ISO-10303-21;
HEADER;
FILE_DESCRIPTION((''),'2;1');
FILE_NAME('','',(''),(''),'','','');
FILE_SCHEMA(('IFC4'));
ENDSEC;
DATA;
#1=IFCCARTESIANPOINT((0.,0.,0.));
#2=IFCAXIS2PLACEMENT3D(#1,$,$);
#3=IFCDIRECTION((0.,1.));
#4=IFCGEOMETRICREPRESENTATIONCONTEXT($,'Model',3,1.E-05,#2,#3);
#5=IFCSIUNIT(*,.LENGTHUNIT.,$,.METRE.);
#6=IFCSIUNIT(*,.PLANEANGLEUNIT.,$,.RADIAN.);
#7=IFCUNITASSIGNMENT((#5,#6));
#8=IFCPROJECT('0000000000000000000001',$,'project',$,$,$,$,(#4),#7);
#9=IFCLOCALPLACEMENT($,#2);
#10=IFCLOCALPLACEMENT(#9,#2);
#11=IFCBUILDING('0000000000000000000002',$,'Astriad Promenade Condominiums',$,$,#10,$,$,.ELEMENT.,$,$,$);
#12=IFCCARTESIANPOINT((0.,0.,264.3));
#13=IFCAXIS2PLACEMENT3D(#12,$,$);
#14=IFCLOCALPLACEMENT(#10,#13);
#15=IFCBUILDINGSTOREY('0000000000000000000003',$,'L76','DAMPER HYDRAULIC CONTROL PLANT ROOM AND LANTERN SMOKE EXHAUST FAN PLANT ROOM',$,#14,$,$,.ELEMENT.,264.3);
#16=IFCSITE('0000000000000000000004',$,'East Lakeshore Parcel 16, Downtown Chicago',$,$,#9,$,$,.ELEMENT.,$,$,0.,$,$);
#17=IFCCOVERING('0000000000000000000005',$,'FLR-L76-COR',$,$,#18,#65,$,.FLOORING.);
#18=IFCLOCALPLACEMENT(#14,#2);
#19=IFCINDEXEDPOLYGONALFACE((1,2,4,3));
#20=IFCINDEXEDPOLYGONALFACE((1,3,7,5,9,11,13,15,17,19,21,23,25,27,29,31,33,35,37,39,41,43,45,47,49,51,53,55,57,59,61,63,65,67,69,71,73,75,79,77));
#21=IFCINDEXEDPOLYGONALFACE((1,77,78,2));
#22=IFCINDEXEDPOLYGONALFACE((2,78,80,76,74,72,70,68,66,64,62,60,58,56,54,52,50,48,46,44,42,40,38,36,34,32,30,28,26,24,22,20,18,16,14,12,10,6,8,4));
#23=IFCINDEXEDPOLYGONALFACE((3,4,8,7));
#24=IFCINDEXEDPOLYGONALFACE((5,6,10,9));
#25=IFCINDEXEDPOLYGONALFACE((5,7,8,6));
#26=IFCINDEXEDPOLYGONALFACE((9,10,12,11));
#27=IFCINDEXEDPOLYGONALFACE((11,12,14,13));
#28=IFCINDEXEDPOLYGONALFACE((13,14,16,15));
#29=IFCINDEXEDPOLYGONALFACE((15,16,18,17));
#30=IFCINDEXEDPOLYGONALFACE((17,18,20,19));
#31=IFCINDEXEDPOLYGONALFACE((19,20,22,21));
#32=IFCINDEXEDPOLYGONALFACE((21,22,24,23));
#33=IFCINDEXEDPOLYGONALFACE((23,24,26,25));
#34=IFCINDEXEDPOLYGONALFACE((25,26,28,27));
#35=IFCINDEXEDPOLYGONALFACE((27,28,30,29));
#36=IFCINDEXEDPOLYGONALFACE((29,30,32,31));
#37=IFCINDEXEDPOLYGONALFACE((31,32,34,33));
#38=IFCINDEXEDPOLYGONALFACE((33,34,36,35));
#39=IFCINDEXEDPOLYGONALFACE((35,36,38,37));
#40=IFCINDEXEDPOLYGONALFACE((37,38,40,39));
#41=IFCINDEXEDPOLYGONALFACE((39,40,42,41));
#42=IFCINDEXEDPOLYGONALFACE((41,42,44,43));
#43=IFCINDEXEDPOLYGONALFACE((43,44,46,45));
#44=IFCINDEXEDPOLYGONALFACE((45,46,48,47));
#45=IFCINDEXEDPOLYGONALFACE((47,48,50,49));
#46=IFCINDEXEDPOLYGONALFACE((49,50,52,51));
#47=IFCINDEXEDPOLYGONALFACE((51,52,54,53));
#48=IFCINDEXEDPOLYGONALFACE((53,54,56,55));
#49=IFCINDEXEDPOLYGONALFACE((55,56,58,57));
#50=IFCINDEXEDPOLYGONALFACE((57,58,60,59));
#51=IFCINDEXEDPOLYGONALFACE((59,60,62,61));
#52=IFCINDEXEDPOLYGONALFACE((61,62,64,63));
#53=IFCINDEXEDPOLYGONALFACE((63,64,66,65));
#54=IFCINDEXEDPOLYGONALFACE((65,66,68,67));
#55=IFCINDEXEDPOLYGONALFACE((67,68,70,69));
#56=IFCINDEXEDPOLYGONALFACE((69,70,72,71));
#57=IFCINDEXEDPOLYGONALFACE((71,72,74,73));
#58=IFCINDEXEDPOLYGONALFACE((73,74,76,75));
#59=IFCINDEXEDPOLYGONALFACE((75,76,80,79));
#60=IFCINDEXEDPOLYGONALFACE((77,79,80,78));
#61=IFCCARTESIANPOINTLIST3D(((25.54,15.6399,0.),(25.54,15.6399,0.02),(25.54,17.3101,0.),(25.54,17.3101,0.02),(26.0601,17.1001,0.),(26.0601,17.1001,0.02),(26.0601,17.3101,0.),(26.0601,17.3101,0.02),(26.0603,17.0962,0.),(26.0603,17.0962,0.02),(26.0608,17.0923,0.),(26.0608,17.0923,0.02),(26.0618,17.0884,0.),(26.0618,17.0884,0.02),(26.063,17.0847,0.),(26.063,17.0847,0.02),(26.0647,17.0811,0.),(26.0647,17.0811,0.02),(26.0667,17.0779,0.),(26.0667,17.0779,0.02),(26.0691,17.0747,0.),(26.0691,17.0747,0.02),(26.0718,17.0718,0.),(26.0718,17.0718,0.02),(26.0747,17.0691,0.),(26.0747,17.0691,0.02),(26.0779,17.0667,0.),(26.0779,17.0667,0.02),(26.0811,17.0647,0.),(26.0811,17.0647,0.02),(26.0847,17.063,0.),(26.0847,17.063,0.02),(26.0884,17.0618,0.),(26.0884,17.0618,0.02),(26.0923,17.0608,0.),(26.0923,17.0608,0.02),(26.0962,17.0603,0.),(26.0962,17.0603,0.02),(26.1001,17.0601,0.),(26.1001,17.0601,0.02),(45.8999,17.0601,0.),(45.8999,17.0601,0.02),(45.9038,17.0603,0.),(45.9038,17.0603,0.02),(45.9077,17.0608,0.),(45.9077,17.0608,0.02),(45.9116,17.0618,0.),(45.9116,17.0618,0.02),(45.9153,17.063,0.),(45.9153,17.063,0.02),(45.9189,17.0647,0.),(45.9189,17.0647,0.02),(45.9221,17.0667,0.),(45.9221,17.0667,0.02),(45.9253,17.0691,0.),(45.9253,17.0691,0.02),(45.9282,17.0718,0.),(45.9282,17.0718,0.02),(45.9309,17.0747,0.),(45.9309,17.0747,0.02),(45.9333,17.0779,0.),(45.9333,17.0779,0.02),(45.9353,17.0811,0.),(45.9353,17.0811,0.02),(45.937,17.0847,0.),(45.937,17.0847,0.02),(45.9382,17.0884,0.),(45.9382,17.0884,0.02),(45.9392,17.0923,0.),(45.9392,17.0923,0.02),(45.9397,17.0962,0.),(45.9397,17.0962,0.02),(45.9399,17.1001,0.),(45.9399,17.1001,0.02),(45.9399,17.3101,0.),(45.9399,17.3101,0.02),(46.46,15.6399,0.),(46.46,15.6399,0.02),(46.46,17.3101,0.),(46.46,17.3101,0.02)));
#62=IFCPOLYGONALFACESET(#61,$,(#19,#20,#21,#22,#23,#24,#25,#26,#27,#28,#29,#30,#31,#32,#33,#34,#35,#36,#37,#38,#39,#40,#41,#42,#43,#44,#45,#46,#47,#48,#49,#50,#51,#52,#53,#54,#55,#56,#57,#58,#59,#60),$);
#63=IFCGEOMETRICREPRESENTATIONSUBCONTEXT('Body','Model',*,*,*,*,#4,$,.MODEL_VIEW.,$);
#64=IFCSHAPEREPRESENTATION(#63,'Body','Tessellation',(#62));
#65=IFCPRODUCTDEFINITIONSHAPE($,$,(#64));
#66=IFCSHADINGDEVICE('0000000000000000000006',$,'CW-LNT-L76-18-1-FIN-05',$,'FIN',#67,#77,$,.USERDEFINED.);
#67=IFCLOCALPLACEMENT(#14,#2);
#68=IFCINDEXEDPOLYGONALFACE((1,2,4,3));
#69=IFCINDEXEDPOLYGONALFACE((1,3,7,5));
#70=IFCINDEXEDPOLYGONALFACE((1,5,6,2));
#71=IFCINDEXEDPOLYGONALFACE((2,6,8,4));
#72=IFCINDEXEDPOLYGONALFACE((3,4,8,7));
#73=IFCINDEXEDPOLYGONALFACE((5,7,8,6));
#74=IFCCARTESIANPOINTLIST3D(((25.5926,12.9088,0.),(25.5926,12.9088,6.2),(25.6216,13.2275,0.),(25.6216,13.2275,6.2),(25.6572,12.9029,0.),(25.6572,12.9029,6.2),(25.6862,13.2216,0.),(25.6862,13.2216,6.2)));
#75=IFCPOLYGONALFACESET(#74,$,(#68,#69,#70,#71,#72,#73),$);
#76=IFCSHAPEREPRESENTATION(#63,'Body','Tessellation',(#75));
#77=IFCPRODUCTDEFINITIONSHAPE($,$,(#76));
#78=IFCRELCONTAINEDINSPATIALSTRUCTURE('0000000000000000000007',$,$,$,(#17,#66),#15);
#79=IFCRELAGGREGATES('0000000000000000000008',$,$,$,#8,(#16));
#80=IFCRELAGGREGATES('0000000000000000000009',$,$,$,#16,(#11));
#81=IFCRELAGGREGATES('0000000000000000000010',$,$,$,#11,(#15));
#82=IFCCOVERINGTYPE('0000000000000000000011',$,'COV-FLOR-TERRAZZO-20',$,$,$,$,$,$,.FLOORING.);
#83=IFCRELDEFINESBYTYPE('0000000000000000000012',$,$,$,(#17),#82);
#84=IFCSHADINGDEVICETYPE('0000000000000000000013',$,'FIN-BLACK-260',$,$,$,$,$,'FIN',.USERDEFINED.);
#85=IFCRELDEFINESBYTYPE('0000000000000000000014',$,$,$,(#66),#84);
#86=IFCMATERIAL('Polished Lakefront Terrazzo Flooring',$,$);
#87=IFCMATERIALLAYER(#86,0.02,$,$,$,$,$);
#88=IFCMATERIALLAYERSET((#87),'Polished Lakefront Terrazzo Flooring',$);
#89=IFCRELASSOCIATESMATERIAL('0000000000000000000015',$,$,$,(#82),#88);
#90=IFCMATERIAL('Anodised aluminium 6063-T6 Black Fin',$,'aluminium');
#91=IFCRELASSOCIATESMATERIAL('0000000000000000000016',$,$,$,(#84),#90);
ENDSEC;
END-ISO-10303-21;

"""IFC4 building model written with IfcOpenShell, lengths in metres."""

from ifc_helpers import new_model, si_unit, direction, frame, origin, origin_2d, place, context, subcontext, project, spatial, polyline, rectangle, outline, extrude, source, transform, mapped, material, layer, layer_set, type_object, type_shapes, element, save


model = new_model("IFC4")

# Units and contexts
model_context = context("Model", 3, precision=1e-05, world=origin(), true_north=direction((0.0, 1.0)))
body_context = subcontext(model_context, "Body", "Model", "MODEL_VIEW")
ifc_project = project(units=[si_unit("LENGTHUNIT", "METRE"), si_unit("PLANEANGLEUNIT", "RADIAN")], contexts=[model_context])

# Site, building, storey
site_placement = place(None, origin())
site = spatial("IfcSite", under=ifc_project, at=site_placement, Name="East Lakeshore Parcel 16, Downtown Chicago", CompositionType="ELEMENT", RefElevation=0.0)
building_placement = place(site_placement, origin())
building = spatial("IfcBuilding", under=site, at=building_placement, Name="Astriad Promenade Condominiums", CompositionType="ELEMENT")
storey_placement = place(building_placement, frame((0.0, 0.0, 264.3)))
storey = spatial("IfcBuildingStorey", under=building, at=storey_placement, Name="L76", Description="DAMPER HYDRAULIC CONTROL PLANT ROOM AND LANTERN SMOKE EXHAUST FAN PLANT ROOM", CompositionType="ELEMENT", Elevation=264.3)

# Covering
ifc_material_1 = material(Name="Polished Lakefront Terrazzo Flooring")
ifc_layer_1 = layer(ifc_material_1, 0.02)
ifc_layer_set_1 = layer_set([ifc_layer_1], Name="Polished Lakefront Terrazzo Flooring")
covering_type_1 = type_object("IfcCoveringType", Name="COV-FLOR-TERRAZZO-20", PredefinedType="FLOORING", material=ifc_layer_set_1)
covering_1_placement = place(storey_placement, origin())
element("IfcCovering", 1, at=covering_1_placement, inside=storey, type_object=covering_type_1, Name="FLR-L76-COR", PredefinedType="FLOORING", context=body_context, shape_type="SweptSolid", body=[
    extrude(outline(polyline([(26.0601, 17.3101), (26.0601, 17.1001), (26.0603, 17.0962), (26.0608, 17.0923), (26.0618, 17.0884), (26.063, 17.0847), (26.0647, 17.0811), (26.0667, 17.0779), (26.0691, 17.0747), (26.0718, 17.0718), (26.0747, 17.0691), (26.0779, 17.0667), (26.0811, 17.0647), (26.0847, 17.063), (26.0884, 17.0618), (26.0923, 17.0608), (26.0962, 17.0603), (26.1001, 17.0601), (45.8999, 17.0601), (45.9038, 17.0603), (45.9077, 17.0608), (45.9116, 17.0618), (45.9153, 17.063), (45.9189, 17.0647), (45.9221, 17.0667), (45.9253, 17.0691), (45.9282, 17.0718), (45.9309, 17.0747), (45.9333, 17.0779), (45.9353, 17.0811), (45.937, 17.0847), (45.9382, 17.0884), (45.9392, 17.0923), (45.9397, 17.0962), (45.9399, 17.1001), (45.9399, 17.3101), (46.46, 17.3101), (46.46, 15.6399), (25.54, 15.6399), (25.54, 17.3101), (26.0601, 17.3101)])), origin(), (0.0, 0.0, 1.0), 0.02),
])

# Shading device
ifc_material_2 = material(Name="Anodised aluminium 6063-T6 Black Fin", Category="aluminium")
shading_device_type = type_object("IfcShadingDeviceType", Name="FIN-BLACK-260", ElementType="FIN", PredefinedType="USERDEFINED", material=ifc_material_2)
shared_shape_1 = source(origin(), body_context, "Body", "SweptSolid", [
    extrude(rectangle(XDim=0.0649, YDim=0.3201, at=origin_2d()), origin(), (0.0, 0.0, 1.0), 6.2),
])
type_shapes(shading_device_type, [shared_shape_1])
shading_device_placement = place(storey_placement, frame((25.6394, 13.0652, 0.0), z_axis=(0.0, 0.0, 1.0), x_axis=(-0.995884, 0.090633, 0.0)))
element("IfcShadingDevice", 2, at=shading_device_placement, inside=storey, type_object=shading_device_type, Name="CW-LNT-L76-18-1-FIN-05", ObjectType="FIN", PredefinedType="USERDEFINED", context=body_context, shape_type="MappedRepresentation", body=[
    mapped(shared_shape_1, transform((0.0, 0.0, 0.0), scale=1.0)),
])

save(model, "model.ifc")
